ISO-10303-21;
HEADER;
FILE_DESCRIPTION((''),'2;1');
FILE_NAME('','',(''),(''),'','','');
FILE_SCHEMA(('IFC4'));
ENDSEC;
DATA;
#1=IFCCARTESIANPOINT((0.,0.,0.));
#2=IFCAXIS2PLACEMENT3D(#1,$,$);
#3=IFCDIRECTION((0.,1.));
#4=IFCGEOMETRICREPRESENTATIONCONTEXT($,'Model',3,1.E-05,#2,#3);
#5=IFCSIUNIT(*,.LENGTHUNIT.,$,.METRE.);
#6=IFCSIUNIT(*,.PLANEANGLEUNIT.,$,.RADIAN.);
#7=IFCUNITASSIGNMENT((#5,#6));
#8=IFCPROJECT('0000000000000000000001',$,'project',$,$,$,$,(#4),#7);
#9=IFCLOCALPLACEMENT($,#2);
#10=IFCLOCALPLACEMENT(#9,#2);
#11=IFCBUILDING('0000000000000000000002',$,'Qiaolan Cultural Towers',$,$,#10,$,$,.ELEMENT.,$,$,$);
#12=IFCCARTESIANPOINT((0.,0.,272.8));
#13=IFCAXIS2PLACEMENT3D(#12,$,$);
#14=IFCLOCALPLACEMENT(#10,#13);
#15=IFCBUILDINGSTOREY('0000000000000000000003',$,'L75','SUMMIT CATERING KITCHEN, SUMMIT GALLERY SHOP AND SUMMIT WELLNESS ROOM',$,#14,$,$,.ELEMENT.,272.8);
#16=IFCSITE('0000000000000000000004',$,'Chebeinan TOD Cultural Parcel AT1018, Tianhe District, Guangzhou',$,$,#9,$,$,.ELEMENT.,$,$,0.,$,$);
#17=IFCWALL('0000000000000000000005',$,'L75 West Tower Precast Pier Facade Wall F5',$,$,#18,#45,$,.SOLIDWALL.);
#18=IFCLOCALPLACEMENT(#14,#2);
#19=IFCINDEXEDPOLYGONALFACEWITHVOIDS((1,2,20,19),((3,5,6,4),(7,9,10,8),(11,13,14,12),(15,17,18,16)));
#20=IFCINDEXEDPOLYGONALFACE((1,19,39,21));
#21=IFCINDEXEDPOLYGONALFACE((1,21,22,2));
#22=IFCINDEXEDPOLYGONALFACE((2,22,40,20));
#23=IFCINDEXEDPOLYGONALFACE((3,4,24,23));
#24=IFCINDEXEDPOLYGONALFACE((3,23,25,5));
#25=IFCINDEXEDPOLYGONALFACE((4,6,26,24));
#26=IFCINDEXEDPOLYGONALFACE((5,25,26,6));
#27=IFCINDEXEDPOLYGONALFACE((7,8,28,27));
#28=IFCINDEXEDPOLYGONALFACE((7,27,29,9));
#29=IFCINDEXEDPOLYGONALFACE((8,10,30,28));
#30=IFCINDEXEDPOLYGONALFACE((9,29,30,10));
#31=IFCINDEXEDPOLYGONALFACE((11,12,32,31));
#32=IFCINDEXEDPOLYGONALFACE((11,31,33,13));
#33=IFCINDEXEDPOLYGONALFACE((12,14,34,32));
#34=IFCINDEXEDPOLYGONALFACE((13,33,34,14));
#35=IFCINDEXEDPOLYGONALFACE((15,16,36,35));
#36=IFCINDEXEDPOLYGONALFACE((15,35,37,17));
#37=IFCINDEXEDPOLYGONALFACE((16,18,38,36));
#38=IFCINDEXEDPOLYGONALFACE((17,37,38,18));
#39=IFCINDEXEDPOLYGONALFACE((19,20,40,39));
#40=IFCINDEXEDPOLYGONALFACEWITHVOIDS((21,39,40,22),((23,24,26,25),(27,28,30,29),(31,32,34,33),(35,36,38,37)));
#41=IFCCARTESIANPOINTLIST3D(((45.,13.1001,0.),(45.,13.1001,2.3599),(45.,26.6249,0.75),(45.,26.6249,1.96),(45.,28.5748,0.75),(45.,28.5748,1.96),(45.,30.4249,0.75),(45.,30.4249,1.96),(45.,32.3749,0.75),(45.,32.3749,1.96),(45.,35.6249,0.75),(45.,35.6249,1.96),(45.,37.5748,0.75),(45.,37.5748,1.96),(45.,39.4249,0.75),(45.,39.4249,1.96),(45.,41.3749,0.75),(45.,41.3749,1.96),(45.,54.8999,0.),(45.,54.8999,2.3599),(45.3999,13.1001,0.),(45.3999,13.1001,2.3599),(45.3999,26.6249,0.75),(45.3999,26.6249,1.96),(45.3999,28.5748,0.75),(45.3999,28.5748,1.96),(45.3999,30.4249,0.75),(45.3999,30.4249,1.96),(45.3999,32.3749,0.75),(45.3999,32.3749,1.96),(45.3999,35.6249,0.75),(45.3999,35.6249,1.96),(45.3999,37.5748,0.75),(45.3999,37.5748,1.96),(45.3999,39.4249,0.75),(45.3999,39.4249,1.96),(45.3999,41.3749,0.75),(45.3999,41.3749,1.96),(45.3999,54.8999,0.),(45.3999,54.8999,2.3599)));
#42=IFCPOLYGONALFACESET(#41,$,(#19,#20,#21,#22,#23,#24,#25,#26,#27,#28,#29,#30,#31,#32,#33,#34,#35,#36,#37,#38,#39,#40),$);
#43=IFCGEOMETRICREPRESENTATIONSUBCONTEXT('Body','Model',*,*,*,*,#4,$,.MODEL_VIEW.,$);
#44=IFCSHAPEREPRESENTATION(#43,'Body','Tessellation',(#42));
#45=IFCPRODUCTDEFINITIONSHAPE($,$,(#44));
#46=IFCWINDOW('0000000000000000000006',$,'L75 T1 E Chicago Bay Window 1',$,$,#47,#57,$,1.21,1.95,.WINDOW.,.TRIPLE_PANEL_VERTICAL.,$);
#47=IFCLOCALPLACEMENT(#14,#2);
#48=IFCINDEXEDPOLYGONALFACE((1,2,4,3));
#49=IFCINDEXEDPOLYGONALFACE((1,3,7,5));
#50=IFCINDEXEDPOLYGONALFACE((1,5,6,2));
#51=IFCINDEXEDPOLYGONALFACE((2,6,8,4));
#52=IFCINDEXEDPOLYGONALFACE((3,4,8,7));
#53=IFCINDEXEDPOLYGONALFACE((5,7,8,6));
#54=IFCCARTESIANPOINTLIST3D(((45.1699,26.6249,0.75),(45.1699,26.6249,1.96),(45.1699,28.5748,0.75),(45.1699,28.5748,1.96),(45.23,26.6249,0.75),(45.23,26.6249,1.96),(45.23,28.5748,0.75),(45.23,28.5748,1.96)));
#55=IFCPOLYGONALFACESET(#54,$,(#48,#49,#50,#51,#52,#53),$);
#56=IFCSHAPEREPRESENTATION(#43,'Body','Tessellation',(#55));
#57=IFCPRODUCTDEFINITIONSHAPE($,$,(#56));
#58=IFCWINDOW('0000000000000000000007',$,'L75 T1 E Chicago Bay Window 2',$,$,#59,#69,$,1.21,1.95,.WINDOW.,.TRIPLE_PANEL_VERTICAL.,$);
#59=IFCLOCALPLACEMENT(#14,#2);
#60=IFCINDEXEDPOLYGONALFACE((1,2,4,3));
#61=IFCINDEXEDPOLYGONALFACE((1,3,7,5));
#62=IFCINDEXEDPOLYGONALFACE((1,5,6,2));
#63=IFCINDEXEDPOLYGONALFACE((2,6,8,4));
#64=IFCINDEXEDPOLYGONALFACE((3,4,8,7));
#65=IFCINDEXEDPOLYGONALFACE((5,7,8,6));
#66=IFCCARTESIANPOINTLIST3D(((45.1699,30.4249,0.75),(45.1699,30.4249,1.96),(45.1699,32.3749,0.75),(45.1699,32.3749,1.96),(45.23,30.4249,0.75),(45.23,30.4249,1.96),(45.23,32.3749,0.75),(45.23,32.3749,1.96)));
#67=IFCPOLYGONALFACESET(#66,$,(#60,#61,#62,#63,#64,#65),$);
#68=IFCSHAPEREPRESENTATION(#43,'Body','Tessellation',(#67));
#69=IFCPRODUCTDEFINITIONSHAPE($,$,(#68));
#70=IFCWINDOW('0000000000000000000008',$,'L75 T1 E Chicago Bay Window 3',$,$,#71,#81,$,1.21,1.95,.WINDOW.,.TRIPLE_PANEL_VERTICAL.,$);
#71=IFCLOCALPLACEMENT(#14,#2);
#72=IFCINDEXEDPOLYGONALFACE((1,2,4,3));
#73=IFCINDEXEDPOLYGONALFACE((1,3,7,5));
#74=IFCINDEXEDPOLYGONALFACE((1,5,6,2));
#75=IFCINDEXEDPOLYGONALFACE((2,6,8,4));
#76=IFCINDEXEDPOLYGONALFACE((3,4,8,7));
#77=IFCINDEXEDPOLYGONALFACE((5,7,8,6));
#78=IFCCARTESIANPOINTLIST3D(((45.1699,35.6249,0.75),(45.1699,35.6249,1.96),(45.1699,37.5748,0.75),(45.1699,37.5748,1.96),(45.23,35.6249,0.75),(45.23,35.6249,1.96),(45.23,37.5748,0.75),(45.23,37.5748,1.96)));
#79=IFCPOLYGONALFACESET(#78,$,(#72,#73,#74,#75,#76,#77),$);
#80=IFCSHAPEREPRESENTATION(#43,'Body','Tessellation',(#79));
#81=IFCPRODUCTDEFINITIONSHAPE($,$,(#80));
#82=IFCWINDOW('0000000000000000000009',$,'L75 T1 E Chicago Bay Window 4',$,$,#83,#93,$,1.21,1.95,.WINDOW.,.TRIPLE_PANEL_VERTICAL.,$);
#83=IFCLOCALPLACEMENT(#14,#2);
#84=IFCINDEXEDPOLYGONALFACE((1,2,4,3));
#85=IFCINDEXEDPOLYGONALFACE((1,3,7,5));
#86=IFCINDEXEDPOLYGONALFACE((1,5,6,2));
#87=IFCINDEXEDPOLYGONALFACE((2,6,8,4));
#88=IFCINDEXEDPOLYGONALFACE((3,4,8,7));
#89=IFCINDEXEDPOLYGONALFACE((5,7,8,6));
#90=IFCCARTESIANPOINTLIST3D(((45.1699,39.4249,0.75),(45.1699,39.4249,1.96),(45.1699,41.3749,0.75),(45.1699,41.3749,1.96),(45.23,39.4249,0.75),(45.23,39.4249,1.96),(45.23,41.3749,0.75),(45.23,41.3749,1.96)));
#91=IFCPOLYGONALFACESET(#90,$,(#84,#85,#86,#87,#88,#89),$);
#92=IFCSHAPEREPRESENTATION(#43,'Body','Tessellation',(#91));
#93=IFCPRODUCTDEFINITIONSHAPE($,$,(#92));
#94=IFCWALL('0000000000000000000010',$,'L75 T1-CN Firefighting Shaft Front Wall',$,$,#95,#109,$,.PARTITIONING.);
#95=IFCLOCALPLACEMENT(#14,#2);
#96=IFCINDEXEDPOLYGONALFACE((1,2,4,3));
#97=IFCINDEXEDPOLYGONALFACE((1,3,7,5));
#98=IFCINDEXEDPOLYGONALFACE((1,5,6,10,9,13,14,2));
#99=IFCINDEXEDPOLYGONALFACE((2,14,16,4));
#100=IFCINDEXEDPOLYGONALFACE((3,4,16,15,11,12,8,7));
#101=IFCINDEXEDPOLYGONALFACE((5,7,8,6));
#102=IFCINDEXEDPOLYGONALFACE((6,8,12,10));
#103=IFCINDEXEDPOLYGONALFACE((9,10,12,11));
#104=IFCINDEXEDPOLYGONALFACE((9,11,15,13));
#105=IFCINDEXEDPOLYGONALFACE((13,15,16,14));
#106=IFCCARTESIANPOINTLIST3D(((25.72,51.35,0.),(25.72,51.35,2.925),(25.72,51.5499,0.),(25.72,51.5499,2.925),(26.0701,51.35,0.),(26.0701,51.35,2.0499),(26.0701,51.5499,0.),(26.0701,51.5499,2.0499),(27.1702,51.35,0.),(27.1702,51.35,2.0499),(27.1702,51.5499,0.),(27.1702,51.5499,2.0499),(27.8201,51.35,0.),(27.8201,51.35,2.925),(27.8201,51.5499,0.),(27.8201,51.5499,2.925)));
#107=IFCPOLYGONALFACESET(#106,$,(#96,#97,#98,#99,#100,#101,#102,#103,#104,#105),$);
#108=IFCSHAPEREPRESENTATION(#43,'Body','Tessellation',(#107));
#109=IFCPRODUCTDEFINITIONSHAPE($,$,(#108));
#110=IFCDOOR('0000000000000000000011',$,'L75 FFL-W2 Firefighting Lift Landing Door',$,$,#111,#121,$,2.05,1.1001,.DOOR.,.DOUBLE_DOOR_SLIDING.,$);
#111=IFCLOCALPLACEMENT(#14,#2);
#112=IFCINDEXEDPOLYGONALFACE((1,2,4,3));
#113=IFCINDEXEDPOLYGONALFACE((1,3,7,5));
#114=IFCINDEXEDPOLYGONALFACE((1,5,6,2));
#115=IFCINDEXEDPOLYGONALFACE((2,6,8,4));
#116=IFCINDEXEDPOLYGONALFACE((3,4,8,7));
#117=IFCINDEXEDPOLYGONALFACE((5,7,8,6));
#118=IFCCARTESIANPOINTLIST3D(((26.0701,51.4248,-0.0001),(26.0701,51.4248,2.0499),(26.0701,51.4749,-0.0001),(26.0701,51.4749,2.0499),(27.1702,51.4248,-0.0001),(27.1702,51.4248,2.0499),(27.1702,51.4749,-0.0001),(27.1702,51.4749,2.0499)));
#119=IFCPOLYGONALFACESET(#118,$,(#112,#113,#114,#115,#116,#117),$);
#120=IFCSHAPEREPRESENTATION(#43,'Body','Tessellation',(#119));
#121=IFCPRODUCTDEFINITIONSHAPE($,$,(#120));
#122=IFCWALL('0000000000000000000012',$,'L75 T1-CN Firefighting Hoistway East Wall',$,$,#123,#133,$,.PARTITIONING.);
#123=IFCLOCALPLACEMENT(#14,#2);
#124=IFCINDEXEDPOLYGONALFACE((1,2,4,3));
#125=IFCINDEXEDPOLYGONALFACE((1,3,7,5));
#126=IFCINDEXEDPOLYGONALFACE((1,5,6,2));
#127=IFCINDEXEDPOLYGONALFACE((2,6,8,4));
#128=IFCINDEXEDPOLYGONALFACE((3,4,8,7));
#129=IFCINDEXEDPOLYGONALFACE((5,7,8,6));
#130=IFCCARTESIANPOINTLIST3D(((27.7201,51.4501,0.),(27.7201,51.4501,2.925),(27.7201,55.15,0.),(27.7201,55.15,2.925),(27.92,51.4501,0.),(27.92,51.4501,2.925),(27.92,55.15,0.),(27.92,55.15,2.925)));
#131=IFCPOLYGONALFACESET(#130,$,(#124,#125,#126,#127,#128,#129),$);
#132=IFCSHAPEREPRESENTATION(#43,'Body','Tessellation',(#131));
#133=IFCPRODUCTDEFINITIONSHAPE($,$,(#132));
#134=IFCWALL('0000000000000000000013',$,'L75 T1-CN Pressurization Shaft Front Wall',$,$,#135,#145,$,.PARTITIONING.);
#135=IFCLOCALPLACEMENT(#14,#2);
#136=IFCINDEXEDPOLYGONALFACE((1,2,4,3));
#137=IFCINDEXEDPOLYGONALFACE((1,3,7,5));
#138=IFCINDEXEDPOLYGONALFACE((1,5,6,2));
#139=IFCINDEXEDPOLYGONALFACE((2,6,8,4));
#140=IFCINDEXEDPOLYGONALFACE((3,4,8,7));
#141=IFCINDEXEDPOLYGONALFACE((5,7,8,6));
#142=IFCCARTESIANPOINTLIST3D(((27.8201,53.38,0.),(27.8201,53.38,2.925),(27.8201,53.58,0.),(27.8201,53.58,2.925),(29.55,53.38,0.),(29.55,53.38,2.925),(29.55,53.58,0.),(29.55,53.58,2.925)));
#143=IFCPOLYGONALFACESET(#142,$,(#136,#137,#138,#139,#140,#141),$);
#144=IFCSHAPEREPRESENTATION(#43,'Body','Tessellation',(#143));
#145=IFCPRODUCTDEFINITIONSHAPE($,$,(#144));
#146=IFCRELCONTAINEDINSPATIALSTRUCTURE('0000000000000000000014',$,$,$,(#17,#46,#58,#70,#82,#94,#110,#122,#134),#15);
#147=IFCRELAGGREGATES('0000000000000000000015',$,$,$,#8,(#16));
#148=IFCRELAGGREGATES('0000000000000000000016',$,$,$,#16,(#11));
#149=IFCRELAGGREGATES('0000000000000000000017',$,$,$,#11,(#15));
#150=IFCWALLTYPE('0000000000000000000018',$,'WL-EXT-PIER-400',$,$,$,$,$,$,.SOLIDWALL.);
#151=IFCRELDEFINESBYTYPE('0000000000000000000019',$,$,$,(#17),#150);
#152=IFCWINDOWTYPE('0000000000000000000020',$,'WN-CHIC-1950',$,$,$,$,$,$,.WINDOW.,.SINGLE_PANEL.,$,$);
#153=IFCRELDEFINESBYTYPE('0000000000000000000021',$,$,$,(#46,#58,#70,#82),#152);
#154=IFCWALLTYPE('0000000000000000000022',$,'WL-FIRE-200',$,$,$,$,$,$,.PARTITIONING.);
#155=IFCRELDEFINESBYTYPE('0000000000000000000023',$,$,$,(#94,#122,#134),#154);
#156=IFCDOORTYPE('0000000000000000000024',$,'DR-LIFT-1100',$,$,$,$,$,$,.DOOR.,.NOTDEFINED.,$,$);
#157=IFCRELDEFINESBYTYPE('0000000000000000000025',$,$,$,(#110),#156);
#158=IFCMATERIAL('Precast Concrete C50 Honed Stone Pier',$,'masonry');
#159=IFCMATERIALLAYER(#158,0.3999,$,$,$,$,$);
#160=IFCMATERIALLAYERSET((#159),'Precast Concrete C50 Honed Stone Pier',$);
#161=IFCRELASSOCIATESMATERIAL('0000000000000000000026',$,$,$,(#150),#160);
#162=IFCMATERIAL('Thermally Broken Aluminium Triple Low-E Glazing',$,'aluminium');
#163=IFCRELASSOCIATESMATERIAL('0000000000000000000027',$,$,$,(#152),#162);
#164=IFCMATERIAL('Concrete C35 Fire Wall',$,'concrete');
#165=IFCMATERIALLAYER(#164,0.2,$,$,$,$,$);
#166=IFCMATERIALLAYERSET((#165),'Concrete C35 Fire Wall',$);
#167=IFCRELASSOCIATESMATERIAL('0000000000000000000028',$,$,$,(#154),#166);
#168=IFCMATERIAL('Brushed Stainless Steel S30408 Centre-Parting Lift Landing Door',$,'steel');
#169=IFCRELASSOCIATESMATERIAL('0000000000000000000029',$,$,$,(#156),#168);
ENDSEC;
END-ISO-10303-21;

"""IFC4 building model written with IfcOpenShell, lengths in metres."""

from ifc_helpers import new_model, si_unit, direction, frame, frame_2d, origin, place, context, subcontext, project, spatial, rectangle, extrude, material, layer, layer_set, type_object, element, fill, save


model = new_model("IFC4")

# Units and contexts
model_context = context("Model", 3, precision=1e-05, world=origin(), true_north=direction((0.0, 1.0)))
body_context = subcontext(model_context, "Body", "Model", "MODEL_VIEW")
ifc_project = project(units=[si_unit("LENGTHUNIT", "METRE"), si_unit("PLANEANGLEUNIT", "RADIAN")], contexts=[model_context])

# Site, building, storey
site_placement = place(None, origin())
site = spatial("IfcSite", under=ifc_project, at=site_placement, Name="Chebeinan TOD Cultural Parcel AT1018, Tianhe District, Guangzhou", CompositionType="ELEMENT", RefElevation=0.0)
building_placement = place(site_placement, origin())
building = spatial("IfcBuilding", under=site, at=building_placement, Name="Qiaolan Cultural Towers", CompositionType="ELEMENT")
storey_placement = place(building_placement, frame((0.0, 0.0, 272.8)))
storey = spatial("IfcBuildingStorey", under=building, at=storey_placement, Name="L75", Description="SUMMIT CATERING KITCHEN, SUMMIT GALLERY SHOP AND SUMMIT WELLNESS ROOM", CompositionType="ELEMENT", Elevation=272.8)

# Shared definitions
ifc_material_1 = material(Name="Precast Concrete C50 Honed Stone Pier", Category="masonry")
ifc_layer_1 = layer(ifc_material_1, 0.3999)
ifc_layer_set_1 = layer_set([ifc_layer_1], Name="Precast Concrete C50 Honed Stone Pier")
wall_type_1 = type_object("IfcWallType", Name="WL-EXT-PIER-400", PredefinedType="SOLIDWALL", material=ifc_layer_set_1)

# Wall, openings, windows
wall_1_placement = place(storey_placement, frame((45.2, 54.8999, 0.0), z_axis=(0.0, 0.0, 1.0), x_axis=(0.0, -1.0, 0.0)))
wall_1 = element("IfcWall", 1, at=wall_1_placement, inside=storey, type_object=wall_type_1, Name="L75 West Tower Precast Pier Facade Wall F5", PredefinedType="SOLIDWALL", context=body_context, shape_type="SweptSolid", body=[
    extrude(rectangle(XDim=41.7998, YDim=0.3999, at=frame_2d((20.8999, 0.0))), origin(), (0.0, 0.0, 1.0), 2.3599),
])
opening_1_placement = place(wall_1_placement, frame((26.325, 0.0, 0.75)))
opening_1 = element("IfcOpeningElement", 2, at=opening_1_placement, cuts=wall_1, PredefinedType="OPENING", context=body_context, shape_type="SweptSolid", body=[
    extrude(rectangle(XDim=1.95, YDim=1.21, at=frame_2d((0.9751, 0.605))), frame((0.0, 0.21, 0.0), z_axis=(0.0, -1.0, 0.0), x_axis=(1.0, 0.0, 0.0)), (0.0, 0.0, 1.0), 0.4199),
])
opening_2_placement = place(wall_1_placement, frame((22.5249, 0.0, 0.75)))
opening_2 = element("IfcOpeningElement", 3, at=opening_2_placement, cuts=wall_1, PredefinedType="OPENING", context=body_context, shape_type="SweptSolid", body=[
    extrude(rectangle(XDim=1.95, YDim=1.21, at=frame_2d((0.9751, 0.605))), frame((0.0, 0.21, 0.0), z_axis=(0.0, -1.0, 0.0), x_axis=(1.0, 0.0, 0.0)), (0.0, 0.0, 1.0), 0.4199),
])
opening_3_placement = place(wall_1_placement, frame((17.325, 0.0, 0.75)))
opening_3 = element("IfcOpeningElement", 4, at=opening_3_placement, cuts=wall_1, PredefinedType="OPENING", context=body_context, shape_type="SweptSolid", body=[
    extrude(rectangle(XDim=1.95, YDim=1.21, at=frame_2d((0.9751, 0.605))), frame((0.0, 0.21, 0.0), z_axis=(0.0, -1.0, 0.0), x_axis=(1.0, 0.0, 0.0)), (0.0, 0.0, 1.0), 0.4199),
])
opening_4_placement = place(wall_1_placement, frame((13.5249, 0.0, 0.75)))
opening_4 = element("IfcOpeningElement", 5, at=opening_4_placement, cuts=wall_1, PredefinedType="OPENING", context=body_context, shape_type="SweptSolid", body=[
    extrude(rectangle(XDim=1.95, YDim=1.21, at=frame_2d((0.9751, 0.605))), frame((0.0, 0.21, 0.0), z_axis=(0.0, -1.0, 0.0), x_axis=(1.0, 0.0, 0.0)), (0.0, 0.0, 1.0), 0.4199),
])
ifc_material_2 = material(Name="Thermally Broken Aluminium Triple Low-E Glazing", Category="aluminium")
window_type = type_object("IfcWindowType", Name="WN-CHIC-1950", PartitioningType="SINGLE_PANEL", PredefinedType="WINDOW", material=ifc_material_2)
window_1_placement = place(opening_1_placement, origin())
window_1 = element("IfcWindow", 6, at=window_1_placement, inside=storey, type_object=window_type, Name="L75 T1 E Chicago Bay Window 1", OverallHeight=1.21, OverallWidth=1.95, PartitioningType="TRIPLE_PANEL_VERTICAL", PredefinedType="WINDOW", context=body_context, shape_type="SweptSolid", body=[
    extrude(rectangle(XDim=1.95, YDim=1.21, at=frame_2d((0.9751, 0.605))), frame((0.0, 0.03, 0.0), z_axis=(0.0, -1.0, 0.0), x_axis=(1.0, 0.0, 0.0)), (0.0, 0.0, 1.0), 0.0601),
])
fill(opening_1, window_1)
window_2_placement = place(opening_2_placement, origin())
window_2 = element("IfcWindow", 7, at=window_2_placement, inside=storey, type_object=window_type, Name="L75 T1 E Chicago Bay Window 2", OverallHeight=1.21, OverallWidth=1.95, PartitioningType="TRIPLE_PANEL_VERTICAL", PredefinedType="WINDOW", context=body_context, shape_type="SweptSolid", body=[
    extrude(rectangle(XDim=1.95, YDim=1.21, at=frame_2d((0.9751, 0.605))), frame((0.0, 0.03, 0.0), z_axis=(0.0, -1.0, 0.0), x_axis=(1.0, 0.0, 0.0)), (0.0, 0.0, 1.0), 0.0601),
])
fill(opening_2, window_2)
window_3_placement = place(opening_3_placement, origin())
window_3 = element("IfcWindow", 8, at=window_3_placement, inside=storey, type_object=window_type, Name="L75 T1 E Chicago Bay Window 3", OverallHeight=1.21, OverallWidth=1.95, PartitioningType="TRIPLE_PANEL_VERTICAL", PredefinedType="WINDOW", context=body_context, shape_type="SweptSolid", body=[
    extrude(rectangle(XDim=1.95, YDim=1.21, at=frame_2d((0.9751, 0.605))), frame((0.0, 0.03, 0.0), z_axis=(0.0, -1.0, 0.0), x_axis=(1.0, 0.0, 0.0)), (0.0, 0.0, 1.0), 0.0601),
])
fill(opening_3, window_3)
window_4_placement = place(opening_4_placement, origin())
window_4 = element("IfcWindow", 9, at=window_4_placement, inside=storey, type_object=window_type, Name="L75 T1 E Chicago Bay Window 4", OverallHeight=1.21, OverallWidth=1.95, PartitioningType="TRIPLE_PANEL_VERTICAL", PredefinedType="WINDOW", context=body_context, shape_type="SweptSolid", body=[
    extrude(rectangle(XDim=1.95, YDim=1.21, at=frame_2d((0.9751, 0.605))), frame((0.0, 0.03, 0.0), z_axis=(0.0, -1.0, 0.0), x_axis=(1.0, 0.0, 0.0)), (0.0, 0.0, 1.0), 0.0601),
])
fill(opening_4, window_4)

# Wall, opening, door
ifc_material_3 = material(Name="Concrete C35 Fire Wall", Category="concrete")
ifc_layer_2 = layer(ifc_material_3, 0.2)
ifc_layer_set_2 = layer_set([ifc_layer_2], Name="Concrete C35 Fire Wall")
wall_type_2 = type_object("IfcWallType", Name="WL-FIRE-200", PredefinedType="PARTITIONING", material=ifc_layer_set_2)
wall_2_placement = place(storey_placement, frame((25.72, 51.45, 0.0), z_axis=(0.0, 0.0, 1.0), x_axis=(1.0, 0.0, 0.0)))
wall_2 = element("IfcWall", 10, at=wall_2_placement, inside=storey, type_object=wall_type_2, Name="L75 T1-CN Firefighting Shaft Front Wall", PredefinedType="PARTITIONING", context=body_context, shape_type="SweptSolid", body=[
    extrude(rectangle(XDim=2.1001, YDim=0.2, at=frame_2d((1.05, 0.0))), origin(), (0.0, 0.0, 1.0), 2.925),
])
opening_5_placement = place(wall_2_placement, frame((0.3501, 0.0, 0.0)))
opening_5 = element("IfcOpeningElement", 11, at=opening_5_placement, cuts=wall_2, PredefinedType="OPENING", context=body_context, shape_type="SweptSolid", body=[
    extrude(rectangle(XDim=1.1001, YDim=2.05, at=frame_2d((0.55, 1.0249))), frame((0.0, 0.1099, 0.0), z_axis=(0.0, -1.0, 0.0), x_axis=(1.0, 0.0, 0.0)), (0.0, 0.0, 1.0), 0.22),
])
ifc_material_4 = material(Name="Brushed Stainless Steel S30408 Centre-Parting Lift Landing Door", Category="steel")
door_type_1 = type_object("IfcDoorType", Name="DR-LIFT-1100", OperationType="NOTDEFINED", PredefinedType="DOOR", material=ifc_material_4)
door_1_placement = place(opening_5_placement, origin())
door_1 = element("IfcDoor", 12, at=door_1_placement, inside=storey, type_object=door_type_1, Name="L75 FFL-W2 Firefighting Lift Landing Door", OperationType="DOUBLE_DOOR_SLIDING", OverallHeight=2.05, OverallWidth=1.1001, PredefinedType="DOOR", context=body_context, shape_type="SweptSolid", body=[
    extrude(rectangle(XDim=1.1001, YDim=2.05, at=frame_2d((0.55, 1.0249))), frame((0.0, 0.0249, 0.0), z_axis=(0.0, -1.0, 0.0), x_axis=(1.0, 0.0, 0.0)), (0.0, 0.0, 1.0), 0.05),
])
fill(opening_5, door_1)

# Walls
wall_3_placement = place(storey_placement, frame((27.8201, 51.45, 0.0), z_axis=(0.0, 0.0, 1.0), x_axis=(0.0, 1.0, 0.0)))
element("IfcWall", 13, at=wall_3_placement, inside=storey, type_object=wall_type_2, Name="L75 T1-CN Firefighting Hoistway East Wall", PredefinedType="PARTITIONING", context=body_context, shape_type="SweptSolid", body=[
    extrude(rectangle(XDim=3.7, YDim=0.2, at=frame_2d((1.8501, 0.0))), origin(), (0.0, 0.0, 1.0), 2.925),
])
wall_4_placement = place(storey_placement, frame((27.8201, 53.48, 0.0), z_axis=(0.0, 0.0, 1.0), x_axis=(1.0, 0.0, 0.0)))
element("IfcWall", 14, at=wall_4_placement, inside=storey, type_object=wall_type_2, Name="L75 T1-CN Pressurization Shaft Front Wall", PredefinedType="PARTITIONING", context=body_context, shape_type="SweptSolid", body=[
    extrude(rectangle(XDim=1.73, YDim=0.2, at=frame_2d((0.865, 0.0))), origin(), (0.0, 0.0, 1.0), 2.925),
])

save(model, "model.ifc")
